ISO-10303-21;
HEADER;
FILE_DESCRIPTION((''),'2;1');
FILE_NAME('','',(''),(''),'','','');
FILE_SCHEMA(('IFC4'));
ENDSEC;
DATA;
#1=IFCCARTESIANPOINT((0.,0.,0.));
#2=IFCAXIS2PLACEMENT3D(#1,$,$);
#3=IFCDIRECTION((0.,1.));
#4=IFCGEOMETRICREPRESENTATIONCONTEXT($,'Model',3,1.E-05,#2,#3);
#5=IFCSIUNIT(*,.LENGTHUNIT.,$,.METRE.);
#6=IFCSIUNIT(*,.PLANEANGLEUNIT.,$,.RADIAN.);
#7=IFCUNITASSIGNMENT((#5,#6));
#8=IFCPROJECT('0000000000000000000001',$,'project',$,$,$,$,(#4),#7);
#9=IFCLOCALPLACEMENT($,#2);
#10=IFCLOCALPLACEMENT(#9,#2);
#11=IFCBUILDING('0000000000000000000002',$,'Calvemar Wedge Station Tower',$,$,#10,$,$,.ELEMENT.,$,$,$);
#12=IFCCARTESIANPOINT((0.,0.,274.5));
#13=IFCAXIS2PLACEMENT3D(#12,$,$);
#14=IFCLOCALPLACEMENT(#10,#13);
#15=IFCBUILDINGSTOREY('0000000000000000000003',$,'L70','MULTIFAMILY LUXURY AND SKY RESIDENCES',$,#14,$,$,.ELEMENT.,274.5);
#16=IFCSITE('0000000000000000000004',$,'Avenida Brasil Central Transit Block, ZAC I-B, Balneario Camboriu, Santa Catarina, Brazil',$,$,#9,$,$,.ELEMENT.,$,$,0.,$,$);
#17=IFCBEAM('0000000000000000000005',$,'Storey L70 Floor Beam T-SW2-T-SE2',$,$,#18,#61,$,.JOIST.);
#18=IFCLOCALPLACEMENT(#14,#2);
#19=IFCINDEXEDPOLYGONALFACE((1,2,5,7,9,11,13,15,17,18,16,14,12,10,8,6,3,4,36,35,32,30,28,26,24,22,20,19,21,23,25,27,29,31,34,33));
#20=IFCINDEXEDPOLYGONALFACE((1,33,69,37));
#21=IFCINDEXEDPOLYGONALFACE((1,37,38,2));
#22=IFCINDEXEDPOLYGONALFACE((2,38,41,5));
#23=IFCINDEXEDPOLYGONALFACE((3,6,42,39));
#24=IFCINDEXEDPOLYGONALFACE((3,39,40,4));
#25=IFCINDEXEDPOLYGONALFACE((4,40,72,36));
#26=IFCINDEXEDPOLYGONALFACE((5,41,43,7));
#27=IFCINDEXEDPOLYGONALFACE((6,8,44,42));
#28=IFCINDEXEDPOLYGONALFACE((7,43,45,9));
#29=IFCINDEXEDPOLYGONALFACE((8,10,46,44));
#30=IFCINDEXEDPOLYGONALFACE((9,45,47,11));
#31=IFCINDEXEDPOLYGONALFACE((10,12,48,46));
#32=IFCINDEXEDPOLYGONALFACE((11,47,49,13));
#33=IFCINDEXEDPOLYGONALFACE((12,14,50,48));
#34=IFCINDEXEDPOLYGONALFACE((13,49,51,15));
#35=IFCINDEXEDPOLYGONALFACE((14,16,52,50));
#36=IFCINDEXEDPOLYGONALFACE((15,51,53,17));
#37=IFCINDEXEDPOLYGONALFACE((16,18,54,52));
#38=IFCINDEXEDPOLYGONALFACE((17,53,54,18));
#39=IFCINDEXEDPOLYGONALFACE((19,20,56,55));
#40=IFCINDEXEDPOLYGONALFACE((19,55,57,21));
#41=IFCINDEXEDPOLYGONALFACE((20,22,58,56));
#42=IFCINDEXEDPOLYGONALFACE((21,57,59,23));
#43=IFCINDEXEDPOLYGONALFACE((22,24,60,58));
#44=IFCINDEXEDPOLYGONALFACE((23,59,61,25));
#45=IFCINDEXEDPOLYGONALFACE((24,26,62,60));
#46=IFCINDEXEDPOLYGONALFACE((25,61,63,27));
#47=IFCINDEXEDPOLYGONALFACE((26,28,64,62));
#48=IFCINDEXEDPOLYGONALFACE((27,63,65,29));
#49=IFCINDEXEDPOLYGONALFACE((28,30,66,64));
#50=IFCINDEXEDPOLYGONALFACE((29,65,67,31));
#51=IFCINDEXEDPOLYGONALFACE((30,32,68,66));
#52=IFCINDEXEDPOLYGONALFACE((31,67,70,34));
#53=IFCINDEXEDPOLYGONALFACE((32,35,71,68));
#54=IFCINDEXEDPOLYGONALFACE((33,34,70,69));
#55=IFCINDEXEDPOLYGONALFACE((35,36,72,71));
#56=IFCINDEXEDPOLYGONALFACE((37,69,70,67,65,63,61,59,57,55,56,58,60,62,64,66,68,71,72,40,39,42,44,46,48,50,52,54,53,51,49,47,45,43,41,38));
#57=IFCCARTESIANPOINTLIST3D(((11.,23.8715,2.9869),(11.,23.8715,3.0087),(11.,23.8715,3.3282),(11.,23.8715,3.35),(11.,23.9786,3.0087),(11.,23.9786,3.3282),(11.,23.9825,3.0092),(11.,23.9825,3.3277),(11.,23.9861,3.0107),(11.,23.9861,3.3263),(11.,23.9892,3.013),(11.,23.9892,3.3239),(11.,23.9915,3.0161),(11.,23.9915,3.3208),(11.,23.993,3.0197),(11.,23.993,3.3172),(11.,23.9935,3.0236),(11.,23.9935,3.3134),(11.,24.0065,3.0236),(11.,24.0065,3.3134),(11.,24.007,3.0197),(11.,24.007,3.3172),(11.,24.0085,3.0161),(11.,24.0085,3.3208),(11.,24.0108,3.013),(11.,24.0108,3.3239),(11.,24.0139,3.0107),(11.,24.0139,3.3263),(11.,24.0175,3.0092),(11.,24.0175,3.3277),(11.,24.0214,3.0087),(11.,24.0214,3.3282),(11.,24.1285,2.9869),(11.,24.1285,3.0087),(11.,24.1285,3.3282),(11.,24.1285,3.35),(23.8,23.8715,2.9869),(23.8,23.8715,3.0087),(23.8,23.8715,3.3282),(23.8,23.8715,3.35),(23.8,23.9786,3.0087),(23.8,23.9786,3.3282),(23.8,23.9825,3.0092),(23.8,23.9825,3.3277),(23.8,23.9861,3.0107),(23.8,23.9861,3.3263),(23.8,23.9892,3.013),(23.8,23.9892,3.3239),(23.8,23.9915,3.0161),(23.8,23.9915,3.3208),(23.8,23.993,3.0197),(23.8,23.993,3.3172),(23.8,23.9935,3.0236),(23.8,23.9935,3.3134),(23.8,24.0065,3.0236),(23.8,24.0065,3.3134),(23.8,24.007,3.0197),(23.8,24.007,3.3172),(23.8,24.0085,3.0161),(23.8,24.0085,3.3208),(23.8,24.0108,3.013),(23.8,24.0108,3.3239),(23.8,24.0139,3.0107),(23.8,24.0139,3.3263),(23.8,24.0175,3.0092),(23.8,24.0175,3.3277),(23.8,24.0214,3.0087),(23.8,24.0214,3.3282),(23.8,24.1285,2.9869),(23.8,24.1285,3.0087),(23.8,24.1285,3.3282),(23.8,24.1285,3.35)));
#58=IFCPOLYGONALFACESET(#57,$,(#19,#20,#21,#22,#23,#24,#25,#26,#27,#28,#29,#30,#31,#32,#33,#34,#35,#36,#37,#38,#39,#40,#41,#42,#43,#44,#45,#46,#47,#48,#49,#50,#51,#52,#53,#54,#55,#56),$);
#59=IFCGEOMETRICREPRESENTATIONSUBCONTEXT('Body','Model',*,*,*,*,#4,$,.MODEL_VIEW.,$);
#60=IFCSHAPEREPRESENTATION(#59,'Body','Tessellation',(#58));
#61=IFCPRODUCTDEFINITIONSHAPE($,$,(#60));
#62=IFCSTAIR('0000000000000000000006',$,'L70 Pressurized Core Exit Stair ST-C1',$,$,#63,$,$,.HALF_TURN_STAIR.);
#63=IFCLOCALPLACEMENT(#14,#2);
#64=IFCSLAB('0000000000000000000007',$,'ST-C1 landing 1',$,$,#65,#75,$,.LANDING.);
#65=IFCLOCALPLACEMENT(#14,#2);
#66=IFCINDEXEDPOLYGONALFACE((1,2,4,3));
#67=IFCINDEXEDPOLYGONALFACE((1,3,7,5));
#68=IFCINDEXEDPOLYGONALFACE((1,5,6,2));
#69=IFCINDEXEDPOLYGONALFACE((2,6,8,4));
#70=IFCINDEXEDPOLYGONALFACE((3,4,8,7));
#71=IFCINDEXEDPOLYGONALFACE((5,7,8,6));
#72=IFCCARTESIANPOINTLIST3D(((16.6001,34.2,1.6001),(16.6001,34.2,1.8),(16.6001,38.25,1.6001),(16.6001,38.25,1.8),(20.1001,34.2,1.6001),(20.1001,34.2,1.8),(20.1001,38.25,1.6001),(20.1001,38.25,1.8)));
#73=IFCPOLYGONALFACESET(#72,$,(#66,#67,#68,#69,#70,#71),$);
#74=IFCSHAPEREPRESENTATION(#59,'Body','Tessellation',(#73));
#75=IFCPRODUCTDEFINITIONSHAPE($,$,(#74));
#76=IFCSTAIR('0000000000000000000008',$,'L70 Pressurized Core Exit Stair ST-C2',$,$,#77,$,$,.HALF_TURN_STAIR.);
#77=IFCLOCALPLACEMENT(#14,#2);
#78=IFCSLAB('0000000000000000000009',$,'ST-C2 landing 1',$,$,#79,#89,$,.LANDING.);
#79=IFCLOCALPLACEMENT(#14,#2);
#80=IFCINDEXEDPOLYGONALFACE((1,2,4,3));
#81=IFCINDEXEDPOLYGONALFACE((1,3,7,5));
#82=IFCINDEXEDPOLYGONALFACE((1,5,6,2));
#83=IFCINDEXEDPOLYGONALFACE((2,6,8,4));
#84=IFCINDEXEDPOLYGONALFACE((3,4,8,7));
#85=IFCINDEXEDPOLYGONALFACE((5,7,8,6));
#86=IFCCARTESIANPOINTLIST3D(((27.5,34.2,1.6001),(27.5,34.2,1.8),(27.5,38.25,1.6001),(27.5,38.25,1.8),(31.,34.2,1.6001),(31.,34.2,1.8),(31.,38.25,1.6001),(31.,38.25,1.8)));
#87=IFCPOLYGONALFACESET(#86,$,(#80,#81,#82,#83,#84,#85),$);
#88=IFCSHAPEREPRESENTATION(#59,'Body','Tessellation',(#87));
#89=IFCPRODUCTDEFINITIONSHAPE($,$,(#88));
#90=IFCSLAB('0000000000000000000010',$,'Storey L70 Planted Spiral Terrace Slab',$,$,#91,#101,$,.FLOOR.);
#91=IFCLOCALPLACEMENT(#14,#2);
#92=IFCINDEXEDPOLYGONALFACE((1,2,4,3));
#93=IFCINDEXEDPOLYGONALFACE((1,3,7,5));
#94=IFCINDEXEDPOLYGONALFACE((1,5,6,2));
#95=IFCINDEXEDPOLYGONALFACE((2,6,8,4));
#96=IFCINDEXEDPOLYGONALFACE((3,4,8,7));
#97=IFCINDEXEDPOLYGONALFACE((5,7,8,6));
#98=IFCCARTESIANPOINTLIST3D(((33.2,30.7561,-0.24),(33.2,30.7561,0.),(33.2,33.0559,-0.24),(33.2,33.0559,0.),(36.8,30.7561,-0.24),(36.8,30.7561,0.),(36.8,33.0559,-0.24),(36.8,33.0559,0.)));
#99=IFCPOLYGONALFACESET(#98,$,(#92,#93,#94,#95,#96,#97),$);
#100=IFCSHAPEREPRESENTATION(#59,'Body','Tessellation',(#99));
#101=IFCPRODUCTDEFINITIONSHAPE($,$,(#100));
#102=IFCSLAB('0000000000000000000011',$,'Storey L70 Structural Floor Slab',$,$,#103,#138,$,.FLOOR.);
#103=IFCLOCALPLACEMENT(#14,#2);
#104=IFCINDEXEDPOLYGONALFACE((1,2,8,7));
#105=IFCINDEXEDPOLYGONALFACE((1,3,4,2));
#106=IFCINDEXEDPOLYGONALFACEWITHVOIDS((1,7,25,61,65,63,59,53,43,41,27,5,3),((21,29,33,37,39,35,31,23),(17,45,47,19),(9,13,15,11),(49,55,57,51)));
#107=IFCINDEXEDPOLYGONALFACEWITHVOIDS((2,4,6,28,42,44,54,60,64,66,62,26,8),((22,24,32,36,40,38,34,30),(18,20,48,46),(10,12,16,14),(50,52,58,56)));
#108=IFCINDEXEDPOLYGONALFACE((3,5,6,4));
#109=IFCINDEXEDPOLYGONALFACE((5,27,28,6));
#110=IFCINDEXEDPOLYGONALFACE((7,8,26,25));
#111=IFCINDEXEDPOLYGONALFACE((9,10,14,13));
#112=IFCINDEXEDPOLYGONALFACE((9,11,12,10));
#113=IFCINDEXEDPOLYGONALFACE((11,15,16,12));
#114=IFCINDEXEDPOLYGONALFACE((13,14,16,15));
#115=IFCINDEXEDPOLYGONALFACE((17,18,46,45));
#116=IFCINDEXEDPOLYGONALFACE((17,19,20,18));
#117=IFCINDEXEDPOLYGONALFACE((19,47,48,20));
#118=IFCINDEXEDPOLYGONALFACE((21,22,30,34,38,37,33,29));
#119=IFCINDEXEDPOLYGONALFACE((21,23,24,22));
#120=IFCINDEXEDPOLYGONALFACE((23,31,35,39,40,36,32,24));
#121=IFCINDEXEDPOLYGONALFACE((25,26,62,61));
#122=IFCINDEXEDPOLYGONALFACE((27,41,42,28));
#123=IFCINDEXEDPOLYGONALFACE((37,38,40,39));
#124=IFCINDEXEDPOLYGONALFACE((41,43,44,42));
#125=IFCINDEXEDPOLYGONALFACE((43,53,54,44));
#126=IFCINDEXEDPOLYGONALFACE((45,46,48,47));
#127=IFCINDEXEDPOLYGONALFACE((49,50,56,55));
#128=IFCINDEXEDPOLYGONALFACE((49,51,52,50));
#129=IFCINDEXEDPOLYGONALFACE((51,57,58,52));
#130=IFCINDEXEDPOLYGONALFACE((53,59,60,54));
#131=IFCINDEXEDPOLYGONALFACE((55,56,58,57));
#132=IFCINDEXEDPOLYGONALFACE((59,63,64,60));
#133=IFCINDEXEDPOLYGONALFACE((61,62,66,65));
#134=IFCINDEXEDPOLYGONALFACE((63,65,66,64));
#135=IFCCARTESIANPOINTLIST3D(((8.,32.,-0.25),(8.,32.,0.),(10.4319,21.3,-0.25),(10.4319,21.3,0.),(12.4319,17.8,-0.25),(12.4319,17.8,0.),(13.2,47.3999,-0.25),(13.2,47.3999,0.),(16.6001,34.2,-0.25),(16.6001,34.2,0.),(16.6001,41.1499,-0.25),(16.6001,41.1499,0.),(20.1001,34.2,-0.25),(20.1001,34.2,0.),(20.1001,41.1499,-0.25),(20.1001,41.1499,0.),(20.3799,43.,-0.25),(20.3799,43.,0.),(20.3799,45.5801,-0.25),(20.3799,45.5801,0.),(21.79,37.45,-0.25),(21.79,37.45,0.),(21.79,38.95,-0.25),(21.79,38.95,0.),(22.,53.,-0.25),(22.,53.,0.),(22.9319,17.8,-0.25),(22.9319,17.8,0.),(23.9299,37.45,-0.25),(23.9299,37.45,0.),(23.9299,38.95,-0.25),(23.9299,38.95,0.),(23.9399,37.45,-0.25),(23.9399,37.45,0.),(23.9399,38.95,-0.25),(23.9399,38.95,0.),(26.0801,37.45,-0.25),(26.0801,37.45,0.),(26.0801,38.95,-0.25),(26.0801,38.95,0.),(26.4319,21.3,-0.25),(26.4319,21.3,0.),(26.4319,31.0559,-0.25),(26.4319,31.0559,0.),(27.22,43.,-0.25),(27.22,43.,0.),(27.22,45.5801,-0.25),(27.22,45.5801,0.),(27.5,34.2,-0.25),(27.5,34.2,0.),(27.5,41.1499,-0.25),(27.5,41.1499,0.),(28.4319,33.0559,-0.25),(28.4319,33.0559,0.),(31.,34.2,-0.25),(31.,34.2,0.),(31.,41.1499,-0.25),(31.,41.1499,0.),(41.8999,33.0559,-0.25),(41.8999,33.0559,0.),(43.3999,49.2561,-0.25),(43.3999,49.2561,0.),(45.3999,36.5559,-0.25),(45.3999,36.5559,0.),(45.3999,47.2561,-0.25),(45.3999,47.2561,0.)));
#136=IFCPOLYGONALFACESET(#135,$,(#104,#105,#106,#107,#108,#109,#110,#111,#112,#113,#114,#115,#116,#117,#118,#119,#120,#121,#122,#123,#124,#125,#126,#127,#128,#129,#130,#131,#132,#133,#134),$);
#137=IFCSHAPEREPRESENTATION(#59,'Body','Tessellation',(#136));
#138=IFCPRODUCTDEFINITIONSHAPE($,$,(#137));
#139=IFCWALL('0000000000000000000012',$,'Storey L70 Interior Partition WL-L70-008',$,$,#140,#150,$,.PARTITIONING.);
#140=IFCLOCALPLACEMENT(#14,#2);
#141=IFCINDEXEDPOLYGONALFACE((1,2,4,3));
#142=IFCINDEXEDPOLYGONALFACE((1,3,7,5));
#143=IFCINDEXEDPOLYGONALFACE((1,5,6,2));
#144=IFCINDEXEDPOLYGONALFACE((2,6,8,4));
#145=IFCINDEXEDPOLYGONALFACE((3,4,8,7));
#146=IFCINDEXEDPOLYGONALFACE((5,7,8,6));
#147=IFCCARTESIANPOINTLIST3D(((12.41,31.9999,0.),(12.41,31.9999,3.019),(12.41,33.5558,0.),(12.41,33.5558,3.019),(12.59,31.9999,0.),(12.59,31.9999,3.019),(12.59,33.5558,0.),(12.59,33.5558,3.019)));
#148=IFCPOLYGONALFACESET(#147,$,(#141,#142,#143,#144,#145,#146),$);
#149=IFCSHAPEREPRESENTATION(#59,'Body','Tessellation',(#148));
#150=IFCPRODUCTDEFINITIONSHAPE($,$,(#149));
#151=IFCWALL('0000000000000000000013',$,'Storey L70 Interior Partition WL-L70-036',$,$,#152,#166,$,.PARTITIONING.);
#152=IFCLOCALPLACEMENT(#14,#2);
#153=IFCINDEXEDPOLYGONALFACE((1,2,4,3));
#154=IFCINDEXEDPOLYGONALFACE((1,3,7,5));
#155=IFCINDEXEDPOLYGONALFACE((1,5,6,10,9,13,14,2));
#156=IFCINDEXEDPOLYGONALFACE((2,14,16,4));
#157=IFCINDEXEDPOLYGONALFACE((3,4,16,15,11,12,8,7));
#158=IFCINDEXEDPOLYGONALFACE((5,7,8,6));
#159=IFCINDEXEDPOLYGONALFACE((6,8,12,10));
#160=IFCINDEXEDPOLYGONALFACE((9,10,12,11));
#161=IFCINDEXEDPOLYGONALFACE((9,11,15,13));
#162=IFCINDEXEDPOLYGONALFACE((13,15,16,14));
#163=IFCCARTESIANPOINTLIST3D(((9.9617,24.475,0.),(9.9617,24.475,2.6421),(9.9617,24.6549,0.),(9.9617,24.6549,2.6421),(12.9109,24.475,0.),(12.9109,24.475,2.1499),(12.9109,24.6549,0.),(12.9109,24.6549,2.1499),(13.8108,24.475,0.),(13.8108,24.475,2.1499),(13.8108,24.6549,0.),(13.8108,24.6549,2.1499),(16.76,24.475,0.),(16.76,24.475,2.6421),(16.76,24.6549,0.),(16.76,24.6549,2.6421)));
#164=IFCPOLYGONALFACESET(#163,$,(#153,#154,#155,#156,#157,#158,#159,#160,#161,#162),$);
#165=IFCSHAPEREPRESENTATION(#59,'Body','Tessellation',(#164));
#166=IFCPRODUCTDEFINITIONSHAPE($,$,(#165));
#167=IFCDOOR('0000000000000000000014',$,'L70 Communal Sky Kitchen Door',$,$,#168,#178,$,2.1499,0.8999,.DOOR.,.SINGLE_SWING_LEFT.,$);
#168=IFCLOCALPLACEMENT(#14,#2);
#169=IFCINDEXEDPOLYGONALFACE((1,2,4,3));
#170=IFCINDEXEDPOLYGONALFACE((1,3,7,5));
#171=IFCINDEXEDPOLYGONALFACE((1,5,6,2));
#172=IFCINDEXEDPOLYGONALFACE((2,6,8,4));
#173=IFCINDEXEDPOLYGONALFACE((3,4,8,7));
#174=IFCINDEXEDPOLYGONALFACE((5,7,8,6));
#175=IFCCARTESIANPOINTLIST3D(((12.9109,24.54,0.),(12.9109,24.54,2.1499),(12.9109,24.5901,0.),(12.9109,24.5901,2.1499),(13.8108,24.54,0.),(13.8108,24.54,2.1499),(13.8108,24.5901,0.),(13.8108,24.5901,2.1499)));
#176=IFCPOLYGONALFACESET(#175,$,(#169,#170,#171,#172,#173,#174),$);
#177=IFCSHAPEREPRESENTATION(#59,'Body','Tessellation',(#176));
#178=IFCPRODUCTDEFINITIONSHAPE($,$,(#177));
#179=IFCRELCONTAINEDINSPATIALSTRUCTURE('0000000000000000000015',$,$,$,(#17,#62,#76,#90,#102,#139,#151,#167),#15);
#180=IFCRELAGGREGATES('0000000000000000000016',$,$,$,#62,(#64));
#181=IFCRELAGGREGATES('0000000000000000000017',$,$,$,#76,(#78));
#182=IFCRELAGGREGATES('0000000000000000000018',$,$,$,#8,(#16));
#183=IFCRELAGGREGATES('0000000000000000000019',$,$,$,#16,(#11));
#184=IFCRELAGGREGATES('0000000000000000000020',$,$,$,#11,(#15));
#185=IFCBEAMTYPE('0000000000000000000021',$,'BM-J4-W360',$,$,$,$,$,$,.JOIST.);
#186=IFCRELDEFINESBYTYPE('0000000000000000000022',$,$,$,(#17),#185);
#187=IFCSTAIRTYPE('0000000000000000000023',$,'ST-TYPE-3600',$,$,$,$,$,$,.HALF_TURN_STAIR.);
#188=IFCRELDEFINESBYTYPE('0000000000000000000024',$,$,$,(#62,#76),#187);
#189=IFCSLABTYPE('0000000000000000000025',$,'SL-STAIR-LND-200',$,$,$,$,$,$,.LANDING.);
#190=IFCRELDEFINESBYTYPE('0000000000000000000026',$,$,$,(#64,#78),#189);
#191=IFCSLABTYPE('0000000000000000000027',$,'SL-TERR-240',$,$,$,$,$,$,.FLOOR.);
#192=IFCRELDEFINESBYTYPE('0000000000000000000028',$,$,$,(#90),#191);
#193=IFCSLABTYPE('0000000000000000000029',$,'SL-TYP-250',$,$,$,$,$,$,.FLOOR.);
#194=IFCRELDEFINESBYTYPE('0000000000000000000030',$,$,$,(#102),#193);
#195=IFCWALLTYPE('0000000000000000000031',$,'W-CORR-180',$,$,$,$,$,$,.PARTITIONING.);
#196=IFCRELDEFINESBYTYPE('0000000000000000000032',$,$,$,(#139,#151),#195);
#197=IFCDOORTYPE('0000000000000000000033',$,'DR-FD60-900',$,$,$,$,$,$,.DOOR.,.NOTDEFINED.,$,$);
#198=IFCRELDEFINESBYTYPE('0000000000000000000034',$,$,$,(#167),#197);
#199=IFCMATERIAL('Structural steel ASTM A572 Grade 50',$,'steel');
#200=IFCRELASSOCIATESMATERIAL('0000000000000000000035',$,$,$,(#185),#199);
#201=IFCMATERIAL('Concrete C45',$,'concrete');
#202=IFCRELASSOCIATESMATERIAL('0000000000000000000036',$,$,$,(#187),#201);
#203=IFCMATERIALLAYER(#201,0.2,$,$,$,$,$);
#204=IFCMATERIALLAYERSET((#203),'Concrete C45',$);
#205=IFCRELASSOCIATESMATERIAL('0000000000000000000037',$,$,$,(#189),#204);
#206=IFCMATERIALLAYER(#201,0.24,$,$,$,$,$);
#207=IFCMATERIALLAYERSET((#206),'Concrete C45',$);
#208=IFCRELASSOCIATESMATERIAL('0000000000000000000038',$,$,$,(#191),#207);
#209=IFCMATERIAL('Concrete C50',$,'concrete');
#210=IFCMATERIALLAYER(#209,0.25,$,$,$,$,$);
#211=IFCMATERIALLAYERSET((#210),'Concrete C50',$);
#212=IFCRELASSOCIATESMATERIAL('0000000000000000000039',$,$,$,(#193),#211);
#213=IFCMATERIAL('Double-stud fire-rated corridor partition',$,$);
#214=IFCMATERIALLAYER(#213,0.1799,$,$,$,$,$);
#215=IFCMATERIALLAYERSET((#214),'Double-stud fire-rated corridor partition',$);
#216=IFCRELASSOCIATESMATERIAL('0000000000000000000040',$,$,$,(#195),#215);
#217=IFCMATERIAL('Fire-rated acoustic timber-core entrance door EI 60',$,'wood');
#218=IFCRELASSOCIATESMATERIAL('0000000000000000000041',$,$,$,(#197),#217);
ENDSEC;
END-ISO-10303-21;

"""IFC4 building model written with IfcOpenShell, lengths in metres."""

from ifc_helpers import new_model, si_unit, direction, frame, frame_2d, origin, origin_2d, place, context, subcontext, project, spatial, polyline, rectangle, i_section, outline, extrude, source, transform, mapped, material, layer, layer_set, material_profile, profile_set, type_object, element, fill, aggregate, save


model = new_model("IFC4")

# Units and contexts
model_context = context("Model", 3, precision=1e-05, world=origin(), true_north=direction((0.0, 1.0)))
body_context = subcontext(model_context, "Body", "Model", "MODEL_VIEW")
ifc_project = project(units=[si_unit("LENGTHUNIT", "METRE"), si_unit("PLANEANGLEUNIT", "RADIAN")], contexts=[model_context])

# Site, building, storey
site_placement = place(None, origin())
site = spatial("IfcSite", under=ifc_project, at=site_placement, Name="Avenida Brasil Central Transit Block, ZAC I-B, Balneario Camboriu, Santa Catarina, Brazil", CompositionType="ELEMENT", RefElevation=0.0)
building_placement = place(site_placement, origin())
building = spatial("IfcBuilding", under=site, at=building_placement, Name="Calvemar Wedge Station Tower", CompositionType="ELEMENT")
storey_placement = place(building_placement, frame((0.0, 0.0, 274.5)))
storey = spatial("IfcBuildingStorey", under=building, at=storey_placement, Name="L70", Description="MULTIFAMILY LUXURY AND SKY RESIDENCES", CompositionType="ELEMENT", Elevation=274.5)

# Shared definitions
ifc_material_1 = material(Name="Concrete C50", Category="concrete")

# Beam
ifc_material_2 = material(Name="Structural steel ASTM A572 Grade 50", Category="steel")
ifc_material_profile_1 = material_profile(ifc_material_2, i_section(OverallWidth=0.2571, OverallDepth=0.363, WebThickness=0.0129, FlangeThickness=0.0217, FilletRadius=0.0149, at=origin_2d()), Name="W360x122")
ifc_profile_set_1 = profile_set([ifc_material_profile_1], Name="Structural steel ASTM A572 Grade 50")
beam_type_1 = type_object("IfcBeamType", Name="BM-J4-W360", PredefinedType="JOIST", material=ifc_profile_set_1)
shared_shape_1 = source(origin(), body_context, "Body", "SweptSolid", [
    extrude(i_section(OverallWidth=0.2571, OverallDepth=0.363, WebThickness=0.0129, FlangeThickness=0.0217, FilletRadius=0.0149, at=origin_2d()), origin(), (0.0, 0.0, 1.0), 12.8),
])
for number, where, z_axis, x_axis, name in (
    (1, (11.0, 24.0, 3.1685), (1.0, 0.0, 0.0), (0.0, 1.0, 0.0), "Storey L70 Floor Beam T-SW2-T-SE2"),
):
    element("IfcBeam", number, at=place(storey_placement, frame(where, z_axis=z_axis, x_axis=x_axis)), inside=storey, type_object=beam_type_1, Name=name, PredefinedType="JOIST", context=body_context, shape_type="MappedRepresentation", body=[
        mapped(shared_shape_1, transform((0.0, 0.0, 0.0), scale=1.0)),
    ])

# Stairs, slabs
ifc_material_3 = material(Name="Concrete C45", Category="concrete")
stair_type = type_object("IfcStairType", Name="ST-TYPE-3600", PredefinedType="HALF_TURN_STAIR", material=ifc_material_3)
stair_1_placement = place(storey_placement, origin())
stair_1 = element("IfcStair", 2, at=stair_1_placement, inside=storey, type_object=stair_type, Name="L70 Pressurized Core Exit Stair ST-C1", PredefinedType="HALF_TURN_STAIR")
ifc_layer_1 = layer(ifc_material_3, 0.2)
ifc_layer_set_1 = layer_set([ifc_layer_1], Name="Concrete C45")
slab_type_1 = type_object("IfcSlabType", Name="SL-STAIR-LND-200", PredefinedType="LANDING", material=ifc_layer_set_1)
slab_1_placement = place(storey_placement, frame((0.0, 0.0, 1.6001)))
slab_1 = element("IfcSlab", 3, at=slab_1_placement, type_object=slab_type_1, Name="ST-C1 landing 1", PredefinedType="LANDING", context=body_context, shape_type="SweptSolid", body=[
    extrude(outline(polyline([(16.6001, 38.25), (16.6001, 34.2), (20.1001, 34.2), (20.1001, 38.25), (16.6001, 38.25)])), origin(), (0.0, 0.0, 1.0), 0.2),
])
aggregate(stair_1, [slab_1])
stair_2_placement = place(storey_placement, origin())
stair_2 = element("IfcStair", 4, at=stair_2_placement, inside=storey, type_object=stair_type, Name="L70 Pressurized Core Exit Stair ST-C2", PredefinedType="HALF_TURN_STAIR")
slab_2_placement = place(storey_placement, frame((0.0, 0.0, 1.6001)))
slab_2 = element("IfcSlab", 5, at=slab_2_placement, type_object=slab_type_1, Name="ST-C2 landing 1", PredefinedType="LANDING", context=body_context, shape_type="SweptSolid", body=[
    extrude(outline(polyline([(27.5, 38.25), (27.5, 34.2), (31.0, 34.2), (31.0, 38.25), (27.5, 38.25)])), origin(), (0.0, 0.0, 1.0), 0.2),
])
aggregate(stair_2, [slab_2])

# Slabs
ifc_layer_2 = layer(ifc_material_3, 0.24)
ifc_layer_set_2 = layer_set([ifc_layer_2], Name="Concrete C45")
slab_type_2 = type_object("IfcSlabType", Name="SL-TERR-240", PredefinedType="FLOOR", material=ifc_layer_set_2)
slab_3_placement = place(storey_placement, frame((0.0, 0.0, -0.24)))
element("IfcSlab", 6, at=slab_3_placement, inside=storey, type_object=slab_type_2, Name="Storey L70 Planted Spiral Terrace Slab", PredefinedType="FLOOR", context=body_context, shape_type="SweptSolid", body=[
    extrude(outline(polyline([(33.2, 33.0559), (33.2, 30.7561), (36.8, 30.7561), (36.8, 33.0559), (33.2, 33.0559)])), origin(), (0.0, 0.0, 1.0), 0.24),
])
ifc_layer_3 = layer(ifc_material_1, 0.25)
ifc_layer_set_3 = layer_set([ifc_layer_3], Name="Concrete C50")
slab_type_3 = type_object("IfcSlabType", Name="SL-TYP-250", PredefinedType="FLOOR", material=ifc_layer_set_3)
slab_4_placement = place(storey_placement, frame((0.0, 0.0, -0.25)))
element("IfcSlab", 7, at=slab_4_placement, inside=storey, type_object=slab_type_3, Name="Storey L70 Structural Floor Slab", PredefinedType="FLOOR", context=body_context, shape_type="SweptSolid", body=[
    extrude(outline(polyline([(8.0, 32.0), (10.4319, 21.3), (12.4319, 17.8), (22.9319, 17.8), (26.4319, 21.3), (26.4319, 31.0559), (28.4319, 33.0559), (41.8999, 33.0559), (45.3999, 36.5559), (45.3999, 47.2561), (43.3999, 49.2561), (22.0, 53.0), (13.2, 47.3999), (8.0, 32.0)]), holes=[polyline([(20.1001, 34.2), (20.1001, 41.1499), (16.6001, 41.1499), (16.6001, 34.2), (20.1001, 34.2)]), polyline([(31.0, 34.2), (31.0, 41.1499), (27.5, 41.1499), (27.5, 34.2), (31.0, 34.2)]), polyline([(23.9299, 38.95), (21.79, 38.95), (21.79, 37.45), (23.9299, 37.45), (23.9399, 37.45), (26.0801, 37.45), (26.0801, 38.95), (23.9399, 38.95), (23.9299, 38.95)]), polyline([(27.22, 43.0), (27.22, 45.5801), (20.3799, 45.5801), (20.3799, 43.0), (27.22, 43.0)])]), origin(), (0.0, 0.0, 1.0), 0.25),
])

# Wall
ifc_material_4 = material(Name="Double-stud fire-rated corridor partition")
ifc_layer_4 = layer(ifc_material_4, 0.1799)
ifc_layer_set_4 = layer_set([ifc_layer_4], Name="Double-stud fire-rated corridor partition")
wall_type_1 = type_object("IfcWallType", Name="W-CORR-180", PredefinedType="PARTITIONING", material=ifc_layer_set_4)
wall_1_placement = place(storey_placement, frame((12.5, 32.0, 0.0), z_axis=(0.0, 0.0, 1.0), x_axis=(0.0, 1.0, 0.0)))
element("IfcWall", 8, at=wall_1_placement, inside=storey, type_object=wall_type_1, Name="Storey L70 Interior Partition WL-L70-008", PredefinedType="PARTITIONING", context=body_context, shape_type="SweptSolid", body=[
    extrude(rectangle(XDim=1.5559, YDim=0.1799, at=frame_2d((0.7778, 0.0))), origin(), (0.0, 0.0, 1.0), 3.019),
])

# Wall, opening, door
wall_2_placement = place(storey_placement, frame((16.76, 24.5649, 0.0), z_axis=(0.0, 0.0, 1.0), x_axis=(-1.0, 0.0, 0.0)))
wall_2 = element("IfcWall", 9, at=wall_2_placement, inside=storey, type_object=wall_type_1, Name="Storey L70 Interior Partition WL-L70-036", PredefinedType="PARTITIONING", context=body_context, shape_type="SweptSolid", body=[
    extrude(rectangle(XDim=6.7983, YDim=0.1799, at=frame_2d((3.3992, 0.0))), origin(), (0.0, 0.0, 1.0), 2.6421),
])
shared_shape_2 = source(origin(), body_context, "Body", "SweptSolid", [
    extrude(rectangle(XDim=0.8999, YDim=2.1499, at=frame_2d((0.45, 1.075))), frame((0.0, 0.1001, 0.0), z_axis=(0.0, -1.0, 0.0), x_axis=(1.0, 0.0, 0.0)), (0.0, 0.0, 1.0), 0.2),
])
opening_1_placement = place(wall_2_placement, frame((2.9492, 0.0, 0.0)))
opening_1 = element("IfcOpeningElement", 10, at=opening_1_placement, cuts=wall_2, PredefinedType="OPENING", context=body_context, shape_type="MappedRepresentation", body=[
    mapped(shared_shape_2, transform((0.0, 0.0, 0.0), scale=1.0)),
])
ifc_material_5 = material(Name="Fire-rated acoustic timber-core entrance door EI 60", Category="wood")
door_type = type_object("IfcDoorType", Name="DR-FD60-900", OperationType="NOTDEFINED", PredefinedType="DOOR", material=ifc_material_5)
shared_shape_3 = source(origin(), body_context, "Body", "SweptSolid", [
    extrude(rectangle(XDim=0.8999, YDim=2.1499, at=frame_2d((0.45, 1.075))), frame((0.0, 0.0249, 0.0), z_axis=(0.0, -1.0, 0.0), x_axis=(1.0, 0.0, 0.0)), (0.0, 0.0, 1.0), 0.05),
])
door_placement = place(opening_1_placement, origin())
door = element("IfcDoor", 11, at=door_placement, inside=storey, type_object=door_type, Name="L70 Communal Sky Kitchen Door", OperationType="SINGLE_SWING_LEFT", OverallHeight=2.1499, OverallWidth=0.8999, PredefinedType="DOOR", context=body_context, shape_type="MappedRepresentation", body=[
    mapped(shared_shape_3, transform((0.0, 0.0, 0.0), scale=1.0)),
])
fill(opening_1, door)

save(model, "model.ifc")
